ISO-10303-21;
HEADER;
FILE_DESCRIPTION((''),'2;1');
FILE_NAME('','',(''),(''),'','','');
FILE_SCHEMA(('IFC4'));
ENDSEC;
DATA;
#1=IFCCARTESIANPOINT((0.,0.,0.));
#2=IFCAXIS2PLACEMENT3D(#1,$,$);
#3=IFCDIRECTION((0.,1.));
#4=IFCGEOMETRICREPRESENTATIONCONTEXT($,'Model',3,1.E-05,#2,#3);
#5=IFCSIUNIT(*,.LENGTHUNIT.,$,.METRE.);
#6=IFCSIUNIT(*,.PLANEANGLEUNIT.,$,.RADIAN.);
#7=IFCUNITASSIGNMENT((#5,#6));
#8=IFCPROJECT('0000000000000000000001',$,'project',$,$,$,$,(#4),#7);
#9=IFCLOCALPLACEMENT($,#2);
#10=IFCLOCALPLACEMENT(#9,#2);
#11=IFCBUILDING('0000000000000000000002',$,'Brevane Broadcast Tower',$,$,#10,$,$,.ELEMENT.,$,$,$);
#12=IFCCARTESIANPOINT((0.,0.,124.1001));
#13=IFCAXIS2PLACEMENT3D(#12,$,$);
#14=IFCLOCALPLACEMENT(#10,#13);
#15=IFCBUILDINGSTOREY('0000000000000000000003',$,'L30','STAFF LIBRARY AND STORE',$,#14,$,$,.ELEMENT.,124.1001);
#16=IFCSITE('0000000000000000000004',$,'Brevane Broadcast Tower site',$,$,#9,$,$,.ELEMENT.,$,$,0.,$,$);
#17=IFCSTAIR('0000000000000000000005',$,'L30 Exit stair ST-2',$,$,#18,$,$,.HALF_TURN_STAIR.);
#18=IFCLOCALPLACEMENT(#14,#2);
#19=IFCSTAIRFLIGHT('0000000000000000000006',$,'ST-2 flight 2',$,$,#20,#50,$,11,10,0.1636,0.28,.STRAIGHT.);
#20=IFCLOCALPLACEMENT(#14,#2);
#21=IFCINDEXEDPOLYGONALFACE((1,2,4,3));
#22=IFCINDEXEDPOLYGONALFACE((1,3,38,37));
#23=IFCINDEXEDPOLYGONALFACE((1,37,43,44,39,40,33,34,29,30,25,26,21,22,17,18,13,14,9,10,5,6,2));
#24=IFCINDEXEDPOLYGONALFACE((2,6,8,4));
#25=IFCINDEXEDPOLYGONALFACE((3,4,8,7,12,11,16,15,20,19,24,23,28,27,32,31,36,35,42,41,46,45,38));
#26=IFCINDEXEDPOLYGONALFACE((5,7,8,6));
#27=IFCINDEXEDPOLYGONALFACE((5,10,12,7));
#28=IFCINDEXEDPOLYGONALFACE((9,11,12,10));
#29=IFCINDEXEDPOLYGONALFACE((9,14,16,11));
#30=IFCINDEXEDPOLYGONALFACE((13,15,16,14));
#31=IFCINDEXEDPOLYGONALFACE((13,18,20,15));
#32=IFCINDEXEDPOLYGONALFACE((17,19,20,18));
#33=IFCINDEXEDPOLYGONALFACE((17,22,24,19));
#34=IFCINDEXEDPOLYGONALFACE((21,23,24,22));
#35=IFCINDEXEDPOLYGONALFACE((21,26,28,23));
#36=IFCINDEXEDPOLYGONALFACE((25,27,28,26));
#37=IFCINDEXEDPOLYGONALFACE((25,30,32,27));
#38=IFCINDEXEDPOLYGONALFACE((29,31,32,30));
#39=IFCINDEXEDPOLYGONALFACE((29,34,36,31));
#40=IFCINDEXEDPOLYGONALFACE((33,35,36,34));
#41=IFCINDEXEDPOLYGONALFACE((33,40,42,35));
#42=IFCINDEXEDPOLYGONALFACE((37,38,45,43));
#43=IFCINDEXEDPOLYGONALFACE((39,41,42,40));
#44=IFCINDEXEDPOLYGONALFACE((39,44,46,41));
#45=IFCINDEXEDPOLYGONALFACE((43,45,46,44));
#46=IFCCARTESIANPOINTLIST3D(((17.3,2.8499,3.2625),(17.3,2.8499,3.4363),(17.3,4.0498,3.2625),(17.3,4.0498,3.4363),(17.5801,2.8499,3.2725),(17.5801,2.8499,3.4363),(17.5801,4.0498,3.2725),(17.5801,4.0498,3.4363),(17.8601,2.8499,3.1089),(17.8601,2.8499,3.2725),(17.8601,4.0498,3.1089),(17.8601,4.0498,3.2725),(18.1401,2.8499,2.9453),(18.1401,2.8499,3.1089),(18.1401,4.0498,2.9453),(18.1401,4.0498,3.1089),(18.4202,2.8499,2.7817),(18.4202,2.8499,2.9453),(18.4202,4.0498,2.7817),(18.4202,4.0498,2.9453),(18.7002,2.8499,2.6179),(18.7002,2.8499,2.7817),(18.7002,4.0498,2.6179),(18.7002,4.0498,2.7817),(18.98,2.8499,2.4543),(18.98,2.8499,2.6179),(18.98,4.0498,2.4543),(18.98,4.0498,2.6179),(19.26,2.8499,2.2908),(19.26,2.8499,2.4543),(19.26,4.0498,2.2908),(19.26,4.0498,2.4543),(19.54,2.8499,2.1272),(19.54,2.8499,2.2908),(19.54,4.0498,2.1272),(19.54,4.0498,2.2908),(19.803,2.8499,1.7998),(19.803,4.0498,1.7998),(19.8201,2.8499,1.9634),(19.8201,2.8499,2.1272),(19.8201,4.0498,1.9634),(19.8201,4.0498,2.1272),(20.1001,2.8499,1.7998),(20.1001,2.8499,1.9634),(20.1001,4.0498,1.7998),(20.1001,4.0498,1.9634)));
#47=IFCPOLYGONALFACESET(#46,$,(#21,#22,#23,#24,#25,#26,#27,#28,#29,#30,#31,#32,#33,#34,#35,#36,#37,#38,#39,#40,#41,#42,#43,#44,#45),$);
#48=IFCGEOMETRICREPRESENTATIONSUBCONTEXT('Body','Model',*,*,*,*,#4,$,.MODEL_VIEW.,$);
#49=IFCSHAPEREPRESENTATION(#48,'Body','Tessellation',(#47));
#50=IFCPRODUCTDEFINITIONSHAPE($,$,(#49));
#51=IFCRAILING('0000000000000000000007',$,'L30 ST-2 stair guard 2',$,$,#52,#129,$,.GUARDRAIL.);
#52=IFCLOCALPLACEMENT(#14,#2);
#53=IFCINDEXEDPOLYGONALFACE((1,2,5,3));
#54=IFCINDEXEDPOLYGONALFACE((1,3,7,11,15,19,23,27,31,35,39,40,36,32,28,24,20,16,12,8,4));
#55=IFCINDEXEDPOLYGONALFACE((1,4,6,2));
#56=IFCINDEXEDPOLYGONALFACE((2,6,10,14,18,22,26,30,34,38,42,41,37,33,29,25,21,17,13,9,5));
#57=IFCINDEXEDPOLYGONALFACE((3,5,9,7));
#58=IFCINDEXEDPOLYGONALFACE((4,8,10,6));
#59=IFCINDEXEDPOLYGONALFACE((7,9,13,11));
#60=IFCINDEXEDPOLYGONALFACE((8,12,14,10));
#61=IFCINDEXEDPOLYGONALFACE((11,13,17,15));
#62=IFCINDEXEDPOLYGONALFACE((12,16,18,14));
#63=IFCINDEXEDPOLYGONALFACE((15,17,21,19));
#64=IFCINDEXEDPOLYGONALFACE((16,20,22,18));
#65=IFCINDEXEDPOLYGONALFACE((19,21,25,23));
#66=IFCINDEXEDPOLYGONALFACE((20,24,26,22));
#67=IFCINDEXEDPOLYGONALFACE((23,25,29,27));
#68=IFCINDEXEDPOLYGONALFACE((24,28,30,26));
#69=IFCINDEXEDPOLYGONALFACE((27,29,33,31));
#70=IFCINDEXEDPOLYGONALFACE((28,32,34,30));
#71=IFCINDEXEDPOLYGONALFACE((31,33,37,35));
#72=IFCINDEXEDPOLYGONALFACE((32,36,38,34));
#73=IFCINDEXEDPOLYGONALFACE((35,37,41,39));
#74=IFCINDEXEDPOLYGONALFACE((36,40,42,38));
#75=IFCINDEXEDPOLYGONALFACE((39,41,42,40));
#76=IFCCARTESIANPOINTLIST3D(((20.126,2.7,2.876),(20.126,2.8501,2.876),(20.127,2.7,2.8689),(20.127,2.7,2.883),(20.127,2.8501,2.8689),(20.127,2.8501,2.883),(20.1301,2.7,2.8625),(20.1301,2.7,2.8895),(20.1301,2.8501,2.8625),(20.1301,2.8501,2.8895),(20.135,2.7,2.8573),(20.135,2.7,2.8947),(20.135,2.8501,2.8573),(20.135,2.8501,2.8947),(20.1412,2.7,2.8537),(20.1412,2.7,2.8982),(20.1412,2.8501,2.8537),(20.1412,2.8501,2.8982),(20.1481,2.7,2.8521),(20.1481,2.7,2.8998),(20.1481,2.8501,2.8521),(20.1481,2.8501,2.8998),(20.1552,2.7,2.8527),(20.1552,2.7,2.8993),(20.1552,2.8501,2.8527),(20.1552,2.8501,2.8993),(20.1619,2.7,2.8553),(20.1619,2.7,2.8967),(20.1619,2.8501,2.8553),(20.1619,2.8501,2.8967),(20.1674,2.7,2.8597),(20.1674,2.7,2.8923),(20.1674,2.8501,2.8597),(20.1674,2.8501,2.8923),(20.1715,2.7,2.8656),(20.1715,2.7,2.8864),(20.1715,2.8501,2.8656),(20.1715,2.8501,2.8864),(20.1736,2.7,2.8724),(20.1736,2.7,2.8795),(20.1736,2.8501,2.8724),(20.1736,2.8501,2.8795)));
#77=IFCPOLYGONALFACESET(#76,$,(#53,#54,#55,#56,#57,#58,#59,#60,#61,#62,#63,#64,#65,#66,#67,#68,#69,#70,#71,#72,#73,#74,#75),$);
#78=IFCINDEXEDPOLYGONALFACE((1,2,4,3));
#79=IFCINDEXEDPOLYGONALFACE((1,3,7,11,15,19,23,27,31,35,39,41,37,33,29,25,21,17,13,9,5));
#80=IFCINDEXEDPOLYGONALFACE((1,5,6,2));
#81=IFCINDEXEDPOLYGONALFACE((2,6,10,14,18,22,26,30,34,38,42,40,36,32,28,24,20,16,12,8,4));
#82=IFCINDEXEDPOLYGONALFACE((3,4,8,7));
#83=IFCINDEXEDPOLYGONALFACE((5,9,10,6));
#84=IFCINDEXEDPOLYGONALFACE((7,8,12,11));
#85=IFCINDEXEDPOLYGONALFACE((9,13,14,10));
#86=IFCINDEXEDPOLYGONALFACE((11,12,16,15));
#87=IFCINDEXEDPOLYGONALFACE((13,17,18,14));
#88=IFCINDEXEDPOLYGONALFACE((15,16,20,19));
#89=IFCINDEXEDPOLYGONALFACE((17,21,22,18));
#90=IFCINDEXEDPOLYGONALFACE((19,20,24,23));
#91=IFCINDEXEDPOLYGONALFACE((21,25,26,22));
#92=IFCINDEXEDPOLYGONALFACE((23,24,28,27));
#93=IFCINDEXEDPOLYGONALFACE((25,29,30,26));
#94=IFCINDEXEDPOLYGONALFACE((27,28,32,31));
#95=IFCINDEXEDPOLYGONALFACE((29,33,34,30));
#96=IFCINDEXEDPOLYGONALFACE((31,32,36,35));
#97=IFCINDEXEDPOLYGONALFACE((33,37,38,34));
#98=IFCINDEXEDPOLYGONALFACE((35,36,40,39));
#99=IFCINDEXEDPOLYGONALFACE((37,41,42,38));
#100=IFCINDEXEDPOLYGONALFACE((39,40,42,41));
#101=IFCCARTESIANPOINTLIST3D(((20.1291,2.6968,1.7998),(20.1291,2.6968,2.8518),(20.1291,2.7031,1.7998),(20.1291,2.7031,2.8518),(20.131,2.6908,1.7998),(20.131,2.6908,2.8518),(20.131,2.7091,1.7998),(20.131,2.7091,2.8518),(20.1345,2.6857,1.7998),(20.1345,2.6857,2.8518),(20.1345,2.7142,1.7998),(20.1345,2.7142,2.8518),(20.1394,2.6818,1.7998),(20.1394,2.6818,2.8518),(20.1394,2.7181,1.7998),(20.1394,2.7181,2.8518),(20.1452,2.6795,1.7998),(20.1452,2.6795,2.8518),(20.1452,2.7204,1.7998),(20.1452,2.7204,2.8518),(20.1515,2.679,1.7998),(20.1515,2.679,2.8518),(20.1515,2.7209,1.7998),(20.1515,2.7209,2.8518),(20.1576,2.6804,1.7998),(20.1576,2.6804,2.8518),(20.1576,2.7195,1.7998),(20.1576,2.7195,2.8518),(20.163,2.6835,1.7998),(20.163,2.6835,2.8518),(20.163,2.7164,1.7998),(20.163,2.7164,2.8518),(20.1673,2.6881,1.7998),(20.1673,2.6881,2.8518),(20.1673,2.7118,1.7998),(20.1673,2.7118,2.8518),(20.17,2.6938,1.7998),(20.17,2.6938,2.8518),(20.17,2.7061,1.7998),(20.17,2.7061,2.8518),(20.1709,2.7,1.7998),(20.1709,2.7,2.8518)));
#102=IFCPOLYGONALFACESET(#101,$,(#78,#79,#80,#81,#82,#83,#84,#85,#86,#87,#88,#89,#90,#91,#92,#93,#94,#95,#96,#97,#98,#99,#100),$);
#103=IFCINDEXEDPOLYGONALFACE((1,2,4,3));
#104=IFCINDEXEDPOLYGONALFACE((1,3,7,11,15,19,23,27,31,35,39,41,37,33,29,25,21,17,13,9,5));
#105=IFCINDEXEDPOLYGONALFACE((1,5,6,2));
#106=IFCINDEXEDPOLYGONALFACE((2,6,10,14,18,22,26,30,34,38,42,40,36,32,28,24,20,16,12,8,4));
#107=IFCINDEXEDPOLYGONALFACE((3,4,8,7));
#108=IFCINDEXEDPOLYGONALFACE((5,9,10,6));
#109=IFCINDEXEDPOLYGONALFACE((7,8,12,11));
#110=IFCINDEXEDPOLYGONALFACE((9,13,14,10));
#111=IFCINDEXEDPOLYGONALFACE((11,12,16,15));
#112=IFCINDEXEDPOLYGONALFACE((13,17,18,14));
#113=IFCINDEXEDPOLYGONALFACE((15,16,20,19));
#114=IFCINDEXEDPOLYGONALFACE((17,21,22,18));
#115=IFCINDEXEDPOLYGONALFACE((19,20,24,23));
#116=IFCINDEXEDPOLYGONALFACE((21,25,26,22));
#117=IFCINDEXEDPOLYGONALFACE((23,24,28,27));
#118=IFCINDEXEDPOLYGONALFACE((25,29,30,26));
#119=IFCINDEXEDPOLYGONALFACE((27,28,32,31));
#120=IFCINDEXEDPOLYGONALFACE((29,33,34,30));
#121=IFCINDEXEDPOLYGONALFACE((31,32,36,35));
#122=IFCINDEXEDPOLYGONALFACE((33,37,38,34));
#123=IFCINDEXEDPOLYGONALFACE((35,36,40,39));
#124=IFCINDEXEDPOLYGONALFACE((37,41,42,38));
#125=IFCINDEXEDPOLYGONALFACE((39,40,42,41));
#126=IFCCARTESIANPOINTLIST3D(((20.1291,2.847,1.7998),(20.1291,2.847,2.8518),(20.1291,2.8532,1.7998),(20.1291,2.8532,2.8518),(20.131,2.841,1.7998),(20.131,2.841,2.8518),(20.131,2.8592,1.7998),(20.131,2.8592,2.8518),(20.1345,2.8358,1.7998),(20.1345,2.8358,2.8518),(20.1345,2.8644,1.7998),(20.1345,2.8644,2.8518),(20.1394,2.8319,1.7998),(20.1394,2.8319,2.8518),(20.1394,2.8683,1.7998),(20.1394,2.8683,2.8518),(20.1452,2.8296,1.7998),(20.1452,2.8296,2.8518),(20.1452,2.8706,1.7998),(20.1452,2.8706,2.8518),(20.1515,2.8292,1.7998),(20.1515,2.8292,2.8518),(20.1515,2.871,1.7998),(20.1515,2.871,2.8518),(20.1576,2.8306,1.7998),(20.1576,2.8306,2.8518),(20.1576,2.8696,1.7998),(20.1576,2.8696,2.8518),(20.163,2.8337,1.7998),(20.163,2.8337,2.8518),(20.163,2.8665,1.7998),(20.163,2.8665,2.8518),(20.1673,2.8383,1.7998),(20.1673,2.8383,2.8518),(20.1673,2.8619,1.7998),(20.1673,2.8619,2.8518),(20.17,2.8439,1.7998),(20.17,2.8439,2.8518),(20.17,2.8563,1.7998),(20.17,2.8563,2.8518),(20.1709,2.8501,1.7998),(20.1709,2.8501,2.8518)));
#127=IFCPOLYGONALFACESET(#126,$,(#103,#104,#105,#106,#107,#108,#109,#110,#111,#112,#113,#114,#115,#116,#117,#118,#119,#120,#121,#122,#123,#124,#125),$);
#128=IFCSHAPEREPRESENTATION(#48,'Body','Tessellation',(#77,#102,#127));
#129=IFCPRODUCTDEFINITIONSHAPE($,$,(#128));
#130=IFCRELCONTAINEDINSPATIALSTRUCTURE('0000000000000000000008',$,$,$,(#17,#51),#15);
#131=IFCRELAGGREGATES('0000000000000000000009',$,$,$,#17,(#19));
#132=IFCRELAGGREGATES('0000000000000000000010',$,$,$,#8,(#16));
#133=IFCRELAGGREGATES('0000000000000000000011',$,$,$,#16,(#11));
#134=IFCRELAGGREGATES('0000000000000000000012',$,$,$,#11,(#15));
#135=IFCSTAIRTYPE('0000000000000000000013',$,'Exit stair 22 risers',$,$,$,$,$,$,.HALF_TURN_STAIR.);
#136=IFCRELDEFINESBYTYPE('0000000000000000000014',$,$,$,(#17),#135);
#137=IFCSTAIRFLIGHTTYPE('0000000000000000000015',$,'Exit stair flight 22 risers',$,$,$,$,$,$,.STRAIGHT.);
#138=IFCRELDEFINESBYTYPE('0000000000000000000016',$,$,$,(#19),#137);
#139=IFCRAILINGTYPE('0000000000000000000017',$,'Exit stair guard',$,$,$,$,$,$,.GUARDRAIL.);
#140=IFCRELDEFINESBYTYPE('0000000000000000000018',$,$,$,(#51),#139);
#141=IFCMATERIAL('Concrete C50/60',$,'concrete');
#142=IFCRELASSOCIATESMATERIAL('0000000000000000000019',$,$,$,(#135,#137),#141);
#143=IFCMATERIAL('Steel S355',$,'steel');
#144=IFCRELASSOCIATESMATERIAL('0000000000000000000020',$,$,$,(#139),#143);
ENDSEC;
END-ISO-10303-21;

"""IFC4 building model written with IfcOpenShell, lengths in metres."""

from ifc_helpers import new_model, si_unit, direction, frame, origin, origin_2d, place, context, subcontext, project, spatial, polyline, circle, outline, extrude, material, type_object, element, aggregate, save


model = new_model("IFC4")

# Units and contexts
model_context = context("Model", 3, precision=1e-05, world=origin(), true_north=direction((0.0, 1.0)))
body_context = subcontext(model_context, "Body", "Model", "MODEL_VIEW")
ifc_project = project(units=[si_unit("LENGTHUNIT", "METRE"), si_unit("PLANEANGLEUNIT", "RADIAN")], contexts=[model_context])

# Site, building, storey
site_placement = place(None, origin())
site = spatial("IfcSite", under=ifc_project, at=site_placement, Name="Brevane Broadcast Tower site", CompositionType="ELEMENT", RefElevation=0.0)
building_placement = place(site_placement, origin())
building = spatial("IfcBuilding", under=site, at=building_placement, Name="Brevane Broadcast Tower", CompositionType="ELEMENT")
storey_placement = place(building_placement, frame((0.0, 0.0, 124.1001)))
storey = spatial("IfcBuildingStorey", under=building, at=storey_placement, Name="L30", Description="STAFF LIBRARY AND STORE", CompositionType="ELEMENT", Elevation=124.1001)

# Stair, stair flight
ifc_material_1 = material(Name="Concrete C50/60", Category="concrete")
stair_type = type_object("IfcStairType", Name="Exit stair 22 risers", PredefinedType="HALF_TURN_STAIR", material=ifc_material_1)
stair_placement = place(storey_placement, origin())
stair = element("IfcStair", 1, at=stair_placement, inside=storey, type_object=stair_type, Name="L30 Exit stair ST-2", PredefinedType="HALF_TURN_STAIR")
stair_flight_type = type_object("IfcStairFlightType", Name="Exit stair flight 22 risers", PredefinedType="STRAIGHT", material=ifc_material_1)
stair_flight_placement = place(storey_placement, frame((20.1001, 3.45, 1.7998), z_axis=(0.0, 0.0, 1.0), x_axis=(-1.0, 0.0, 0.0)))
stair_flight = element("IfcStairFlight", 2, at=stair_flight_placement, type_object=stair_flight_type, Name="ST-2 flight 2", NumberOfRisers=11, NumberOfTreads=10, PredefinedType="STRAIGHT", RiserHeight=0.1636, TreadLength=0.28, context=body_context, shape_type="SweptSolid", body=[
    extrude(outline(polyline([(0.0, 0.0), (0.0, 0.1636), (0.28, 0.1636), (0.28, 0.3274), (0.5601, 0.3274), (0.5601, 0.491), (0.8401, 0.491), (0.8401, 0.6545), (1.1201, 0.6545), (1.1201, 0.8181), (1.3999, 0.8181), (1.3999, 0.9819), (1.6799, 0.9819), (1.6799, 1.1455), (1.96, 1.1455), (1.96, 1.3091), (2.24, 1.3091), (2.24, 1.4727), (2.52, 1.4727), (2.52, 1.6365), (2.8, 1.6365), (2.8, 1.8), (2.8, 1.4626), (0.2971, 0.0), (0.0, 0.0)])), frame((0.0, 0.6001, 0.0), z_axis=(0.0, -1.0, 0.0), x_axis=(1.0, 0.0, 0.0)), (0.0, 0.0, 1.0), 1.2),
])
aggregate(stair, [stair_flight])

# Railing
ifc_material_2 = material(Name="Steel S355", Category="steel")
railing_type_1 = type_object("IfcRailingType", Name="Exit stair guard", PredefinedType="GUARDRAIL", material=ifc_material_2)
railing_1_placement = place(storey_placement, frame((20.1499, 2.7, 1.7998)))
element("IfcRailing", 3, at=railing_1_placement, inside=storey, type_object=railing_type_1, Name="L30 ST-2 stair guard 2", PredefinedType="GUARDRAIL", context=body_context, shape_type="SweptSolid", body=[
    extrude(circle(Radius=0.0239, at=origin_2d()), frame((0.0, 0.0, 1.0762), z_axis=(0.0, 1.0, 0.0), x_axis=(-1.0, 0.0, 0.0)), (0.0, 0.0, 1.0), 0.1501),
    extrude(circle(Radius=0.021, at=origin_2d()), origin(), (0.0, 0.0, 1.0), 1.052),
    extrude(circle(Radius=0.021, at=origin_2d()), frame((0.0, 0.1501, 0.0)), (0.0, 0.0, 1.0), 1.052),
])

save(model, "model.ifc")
